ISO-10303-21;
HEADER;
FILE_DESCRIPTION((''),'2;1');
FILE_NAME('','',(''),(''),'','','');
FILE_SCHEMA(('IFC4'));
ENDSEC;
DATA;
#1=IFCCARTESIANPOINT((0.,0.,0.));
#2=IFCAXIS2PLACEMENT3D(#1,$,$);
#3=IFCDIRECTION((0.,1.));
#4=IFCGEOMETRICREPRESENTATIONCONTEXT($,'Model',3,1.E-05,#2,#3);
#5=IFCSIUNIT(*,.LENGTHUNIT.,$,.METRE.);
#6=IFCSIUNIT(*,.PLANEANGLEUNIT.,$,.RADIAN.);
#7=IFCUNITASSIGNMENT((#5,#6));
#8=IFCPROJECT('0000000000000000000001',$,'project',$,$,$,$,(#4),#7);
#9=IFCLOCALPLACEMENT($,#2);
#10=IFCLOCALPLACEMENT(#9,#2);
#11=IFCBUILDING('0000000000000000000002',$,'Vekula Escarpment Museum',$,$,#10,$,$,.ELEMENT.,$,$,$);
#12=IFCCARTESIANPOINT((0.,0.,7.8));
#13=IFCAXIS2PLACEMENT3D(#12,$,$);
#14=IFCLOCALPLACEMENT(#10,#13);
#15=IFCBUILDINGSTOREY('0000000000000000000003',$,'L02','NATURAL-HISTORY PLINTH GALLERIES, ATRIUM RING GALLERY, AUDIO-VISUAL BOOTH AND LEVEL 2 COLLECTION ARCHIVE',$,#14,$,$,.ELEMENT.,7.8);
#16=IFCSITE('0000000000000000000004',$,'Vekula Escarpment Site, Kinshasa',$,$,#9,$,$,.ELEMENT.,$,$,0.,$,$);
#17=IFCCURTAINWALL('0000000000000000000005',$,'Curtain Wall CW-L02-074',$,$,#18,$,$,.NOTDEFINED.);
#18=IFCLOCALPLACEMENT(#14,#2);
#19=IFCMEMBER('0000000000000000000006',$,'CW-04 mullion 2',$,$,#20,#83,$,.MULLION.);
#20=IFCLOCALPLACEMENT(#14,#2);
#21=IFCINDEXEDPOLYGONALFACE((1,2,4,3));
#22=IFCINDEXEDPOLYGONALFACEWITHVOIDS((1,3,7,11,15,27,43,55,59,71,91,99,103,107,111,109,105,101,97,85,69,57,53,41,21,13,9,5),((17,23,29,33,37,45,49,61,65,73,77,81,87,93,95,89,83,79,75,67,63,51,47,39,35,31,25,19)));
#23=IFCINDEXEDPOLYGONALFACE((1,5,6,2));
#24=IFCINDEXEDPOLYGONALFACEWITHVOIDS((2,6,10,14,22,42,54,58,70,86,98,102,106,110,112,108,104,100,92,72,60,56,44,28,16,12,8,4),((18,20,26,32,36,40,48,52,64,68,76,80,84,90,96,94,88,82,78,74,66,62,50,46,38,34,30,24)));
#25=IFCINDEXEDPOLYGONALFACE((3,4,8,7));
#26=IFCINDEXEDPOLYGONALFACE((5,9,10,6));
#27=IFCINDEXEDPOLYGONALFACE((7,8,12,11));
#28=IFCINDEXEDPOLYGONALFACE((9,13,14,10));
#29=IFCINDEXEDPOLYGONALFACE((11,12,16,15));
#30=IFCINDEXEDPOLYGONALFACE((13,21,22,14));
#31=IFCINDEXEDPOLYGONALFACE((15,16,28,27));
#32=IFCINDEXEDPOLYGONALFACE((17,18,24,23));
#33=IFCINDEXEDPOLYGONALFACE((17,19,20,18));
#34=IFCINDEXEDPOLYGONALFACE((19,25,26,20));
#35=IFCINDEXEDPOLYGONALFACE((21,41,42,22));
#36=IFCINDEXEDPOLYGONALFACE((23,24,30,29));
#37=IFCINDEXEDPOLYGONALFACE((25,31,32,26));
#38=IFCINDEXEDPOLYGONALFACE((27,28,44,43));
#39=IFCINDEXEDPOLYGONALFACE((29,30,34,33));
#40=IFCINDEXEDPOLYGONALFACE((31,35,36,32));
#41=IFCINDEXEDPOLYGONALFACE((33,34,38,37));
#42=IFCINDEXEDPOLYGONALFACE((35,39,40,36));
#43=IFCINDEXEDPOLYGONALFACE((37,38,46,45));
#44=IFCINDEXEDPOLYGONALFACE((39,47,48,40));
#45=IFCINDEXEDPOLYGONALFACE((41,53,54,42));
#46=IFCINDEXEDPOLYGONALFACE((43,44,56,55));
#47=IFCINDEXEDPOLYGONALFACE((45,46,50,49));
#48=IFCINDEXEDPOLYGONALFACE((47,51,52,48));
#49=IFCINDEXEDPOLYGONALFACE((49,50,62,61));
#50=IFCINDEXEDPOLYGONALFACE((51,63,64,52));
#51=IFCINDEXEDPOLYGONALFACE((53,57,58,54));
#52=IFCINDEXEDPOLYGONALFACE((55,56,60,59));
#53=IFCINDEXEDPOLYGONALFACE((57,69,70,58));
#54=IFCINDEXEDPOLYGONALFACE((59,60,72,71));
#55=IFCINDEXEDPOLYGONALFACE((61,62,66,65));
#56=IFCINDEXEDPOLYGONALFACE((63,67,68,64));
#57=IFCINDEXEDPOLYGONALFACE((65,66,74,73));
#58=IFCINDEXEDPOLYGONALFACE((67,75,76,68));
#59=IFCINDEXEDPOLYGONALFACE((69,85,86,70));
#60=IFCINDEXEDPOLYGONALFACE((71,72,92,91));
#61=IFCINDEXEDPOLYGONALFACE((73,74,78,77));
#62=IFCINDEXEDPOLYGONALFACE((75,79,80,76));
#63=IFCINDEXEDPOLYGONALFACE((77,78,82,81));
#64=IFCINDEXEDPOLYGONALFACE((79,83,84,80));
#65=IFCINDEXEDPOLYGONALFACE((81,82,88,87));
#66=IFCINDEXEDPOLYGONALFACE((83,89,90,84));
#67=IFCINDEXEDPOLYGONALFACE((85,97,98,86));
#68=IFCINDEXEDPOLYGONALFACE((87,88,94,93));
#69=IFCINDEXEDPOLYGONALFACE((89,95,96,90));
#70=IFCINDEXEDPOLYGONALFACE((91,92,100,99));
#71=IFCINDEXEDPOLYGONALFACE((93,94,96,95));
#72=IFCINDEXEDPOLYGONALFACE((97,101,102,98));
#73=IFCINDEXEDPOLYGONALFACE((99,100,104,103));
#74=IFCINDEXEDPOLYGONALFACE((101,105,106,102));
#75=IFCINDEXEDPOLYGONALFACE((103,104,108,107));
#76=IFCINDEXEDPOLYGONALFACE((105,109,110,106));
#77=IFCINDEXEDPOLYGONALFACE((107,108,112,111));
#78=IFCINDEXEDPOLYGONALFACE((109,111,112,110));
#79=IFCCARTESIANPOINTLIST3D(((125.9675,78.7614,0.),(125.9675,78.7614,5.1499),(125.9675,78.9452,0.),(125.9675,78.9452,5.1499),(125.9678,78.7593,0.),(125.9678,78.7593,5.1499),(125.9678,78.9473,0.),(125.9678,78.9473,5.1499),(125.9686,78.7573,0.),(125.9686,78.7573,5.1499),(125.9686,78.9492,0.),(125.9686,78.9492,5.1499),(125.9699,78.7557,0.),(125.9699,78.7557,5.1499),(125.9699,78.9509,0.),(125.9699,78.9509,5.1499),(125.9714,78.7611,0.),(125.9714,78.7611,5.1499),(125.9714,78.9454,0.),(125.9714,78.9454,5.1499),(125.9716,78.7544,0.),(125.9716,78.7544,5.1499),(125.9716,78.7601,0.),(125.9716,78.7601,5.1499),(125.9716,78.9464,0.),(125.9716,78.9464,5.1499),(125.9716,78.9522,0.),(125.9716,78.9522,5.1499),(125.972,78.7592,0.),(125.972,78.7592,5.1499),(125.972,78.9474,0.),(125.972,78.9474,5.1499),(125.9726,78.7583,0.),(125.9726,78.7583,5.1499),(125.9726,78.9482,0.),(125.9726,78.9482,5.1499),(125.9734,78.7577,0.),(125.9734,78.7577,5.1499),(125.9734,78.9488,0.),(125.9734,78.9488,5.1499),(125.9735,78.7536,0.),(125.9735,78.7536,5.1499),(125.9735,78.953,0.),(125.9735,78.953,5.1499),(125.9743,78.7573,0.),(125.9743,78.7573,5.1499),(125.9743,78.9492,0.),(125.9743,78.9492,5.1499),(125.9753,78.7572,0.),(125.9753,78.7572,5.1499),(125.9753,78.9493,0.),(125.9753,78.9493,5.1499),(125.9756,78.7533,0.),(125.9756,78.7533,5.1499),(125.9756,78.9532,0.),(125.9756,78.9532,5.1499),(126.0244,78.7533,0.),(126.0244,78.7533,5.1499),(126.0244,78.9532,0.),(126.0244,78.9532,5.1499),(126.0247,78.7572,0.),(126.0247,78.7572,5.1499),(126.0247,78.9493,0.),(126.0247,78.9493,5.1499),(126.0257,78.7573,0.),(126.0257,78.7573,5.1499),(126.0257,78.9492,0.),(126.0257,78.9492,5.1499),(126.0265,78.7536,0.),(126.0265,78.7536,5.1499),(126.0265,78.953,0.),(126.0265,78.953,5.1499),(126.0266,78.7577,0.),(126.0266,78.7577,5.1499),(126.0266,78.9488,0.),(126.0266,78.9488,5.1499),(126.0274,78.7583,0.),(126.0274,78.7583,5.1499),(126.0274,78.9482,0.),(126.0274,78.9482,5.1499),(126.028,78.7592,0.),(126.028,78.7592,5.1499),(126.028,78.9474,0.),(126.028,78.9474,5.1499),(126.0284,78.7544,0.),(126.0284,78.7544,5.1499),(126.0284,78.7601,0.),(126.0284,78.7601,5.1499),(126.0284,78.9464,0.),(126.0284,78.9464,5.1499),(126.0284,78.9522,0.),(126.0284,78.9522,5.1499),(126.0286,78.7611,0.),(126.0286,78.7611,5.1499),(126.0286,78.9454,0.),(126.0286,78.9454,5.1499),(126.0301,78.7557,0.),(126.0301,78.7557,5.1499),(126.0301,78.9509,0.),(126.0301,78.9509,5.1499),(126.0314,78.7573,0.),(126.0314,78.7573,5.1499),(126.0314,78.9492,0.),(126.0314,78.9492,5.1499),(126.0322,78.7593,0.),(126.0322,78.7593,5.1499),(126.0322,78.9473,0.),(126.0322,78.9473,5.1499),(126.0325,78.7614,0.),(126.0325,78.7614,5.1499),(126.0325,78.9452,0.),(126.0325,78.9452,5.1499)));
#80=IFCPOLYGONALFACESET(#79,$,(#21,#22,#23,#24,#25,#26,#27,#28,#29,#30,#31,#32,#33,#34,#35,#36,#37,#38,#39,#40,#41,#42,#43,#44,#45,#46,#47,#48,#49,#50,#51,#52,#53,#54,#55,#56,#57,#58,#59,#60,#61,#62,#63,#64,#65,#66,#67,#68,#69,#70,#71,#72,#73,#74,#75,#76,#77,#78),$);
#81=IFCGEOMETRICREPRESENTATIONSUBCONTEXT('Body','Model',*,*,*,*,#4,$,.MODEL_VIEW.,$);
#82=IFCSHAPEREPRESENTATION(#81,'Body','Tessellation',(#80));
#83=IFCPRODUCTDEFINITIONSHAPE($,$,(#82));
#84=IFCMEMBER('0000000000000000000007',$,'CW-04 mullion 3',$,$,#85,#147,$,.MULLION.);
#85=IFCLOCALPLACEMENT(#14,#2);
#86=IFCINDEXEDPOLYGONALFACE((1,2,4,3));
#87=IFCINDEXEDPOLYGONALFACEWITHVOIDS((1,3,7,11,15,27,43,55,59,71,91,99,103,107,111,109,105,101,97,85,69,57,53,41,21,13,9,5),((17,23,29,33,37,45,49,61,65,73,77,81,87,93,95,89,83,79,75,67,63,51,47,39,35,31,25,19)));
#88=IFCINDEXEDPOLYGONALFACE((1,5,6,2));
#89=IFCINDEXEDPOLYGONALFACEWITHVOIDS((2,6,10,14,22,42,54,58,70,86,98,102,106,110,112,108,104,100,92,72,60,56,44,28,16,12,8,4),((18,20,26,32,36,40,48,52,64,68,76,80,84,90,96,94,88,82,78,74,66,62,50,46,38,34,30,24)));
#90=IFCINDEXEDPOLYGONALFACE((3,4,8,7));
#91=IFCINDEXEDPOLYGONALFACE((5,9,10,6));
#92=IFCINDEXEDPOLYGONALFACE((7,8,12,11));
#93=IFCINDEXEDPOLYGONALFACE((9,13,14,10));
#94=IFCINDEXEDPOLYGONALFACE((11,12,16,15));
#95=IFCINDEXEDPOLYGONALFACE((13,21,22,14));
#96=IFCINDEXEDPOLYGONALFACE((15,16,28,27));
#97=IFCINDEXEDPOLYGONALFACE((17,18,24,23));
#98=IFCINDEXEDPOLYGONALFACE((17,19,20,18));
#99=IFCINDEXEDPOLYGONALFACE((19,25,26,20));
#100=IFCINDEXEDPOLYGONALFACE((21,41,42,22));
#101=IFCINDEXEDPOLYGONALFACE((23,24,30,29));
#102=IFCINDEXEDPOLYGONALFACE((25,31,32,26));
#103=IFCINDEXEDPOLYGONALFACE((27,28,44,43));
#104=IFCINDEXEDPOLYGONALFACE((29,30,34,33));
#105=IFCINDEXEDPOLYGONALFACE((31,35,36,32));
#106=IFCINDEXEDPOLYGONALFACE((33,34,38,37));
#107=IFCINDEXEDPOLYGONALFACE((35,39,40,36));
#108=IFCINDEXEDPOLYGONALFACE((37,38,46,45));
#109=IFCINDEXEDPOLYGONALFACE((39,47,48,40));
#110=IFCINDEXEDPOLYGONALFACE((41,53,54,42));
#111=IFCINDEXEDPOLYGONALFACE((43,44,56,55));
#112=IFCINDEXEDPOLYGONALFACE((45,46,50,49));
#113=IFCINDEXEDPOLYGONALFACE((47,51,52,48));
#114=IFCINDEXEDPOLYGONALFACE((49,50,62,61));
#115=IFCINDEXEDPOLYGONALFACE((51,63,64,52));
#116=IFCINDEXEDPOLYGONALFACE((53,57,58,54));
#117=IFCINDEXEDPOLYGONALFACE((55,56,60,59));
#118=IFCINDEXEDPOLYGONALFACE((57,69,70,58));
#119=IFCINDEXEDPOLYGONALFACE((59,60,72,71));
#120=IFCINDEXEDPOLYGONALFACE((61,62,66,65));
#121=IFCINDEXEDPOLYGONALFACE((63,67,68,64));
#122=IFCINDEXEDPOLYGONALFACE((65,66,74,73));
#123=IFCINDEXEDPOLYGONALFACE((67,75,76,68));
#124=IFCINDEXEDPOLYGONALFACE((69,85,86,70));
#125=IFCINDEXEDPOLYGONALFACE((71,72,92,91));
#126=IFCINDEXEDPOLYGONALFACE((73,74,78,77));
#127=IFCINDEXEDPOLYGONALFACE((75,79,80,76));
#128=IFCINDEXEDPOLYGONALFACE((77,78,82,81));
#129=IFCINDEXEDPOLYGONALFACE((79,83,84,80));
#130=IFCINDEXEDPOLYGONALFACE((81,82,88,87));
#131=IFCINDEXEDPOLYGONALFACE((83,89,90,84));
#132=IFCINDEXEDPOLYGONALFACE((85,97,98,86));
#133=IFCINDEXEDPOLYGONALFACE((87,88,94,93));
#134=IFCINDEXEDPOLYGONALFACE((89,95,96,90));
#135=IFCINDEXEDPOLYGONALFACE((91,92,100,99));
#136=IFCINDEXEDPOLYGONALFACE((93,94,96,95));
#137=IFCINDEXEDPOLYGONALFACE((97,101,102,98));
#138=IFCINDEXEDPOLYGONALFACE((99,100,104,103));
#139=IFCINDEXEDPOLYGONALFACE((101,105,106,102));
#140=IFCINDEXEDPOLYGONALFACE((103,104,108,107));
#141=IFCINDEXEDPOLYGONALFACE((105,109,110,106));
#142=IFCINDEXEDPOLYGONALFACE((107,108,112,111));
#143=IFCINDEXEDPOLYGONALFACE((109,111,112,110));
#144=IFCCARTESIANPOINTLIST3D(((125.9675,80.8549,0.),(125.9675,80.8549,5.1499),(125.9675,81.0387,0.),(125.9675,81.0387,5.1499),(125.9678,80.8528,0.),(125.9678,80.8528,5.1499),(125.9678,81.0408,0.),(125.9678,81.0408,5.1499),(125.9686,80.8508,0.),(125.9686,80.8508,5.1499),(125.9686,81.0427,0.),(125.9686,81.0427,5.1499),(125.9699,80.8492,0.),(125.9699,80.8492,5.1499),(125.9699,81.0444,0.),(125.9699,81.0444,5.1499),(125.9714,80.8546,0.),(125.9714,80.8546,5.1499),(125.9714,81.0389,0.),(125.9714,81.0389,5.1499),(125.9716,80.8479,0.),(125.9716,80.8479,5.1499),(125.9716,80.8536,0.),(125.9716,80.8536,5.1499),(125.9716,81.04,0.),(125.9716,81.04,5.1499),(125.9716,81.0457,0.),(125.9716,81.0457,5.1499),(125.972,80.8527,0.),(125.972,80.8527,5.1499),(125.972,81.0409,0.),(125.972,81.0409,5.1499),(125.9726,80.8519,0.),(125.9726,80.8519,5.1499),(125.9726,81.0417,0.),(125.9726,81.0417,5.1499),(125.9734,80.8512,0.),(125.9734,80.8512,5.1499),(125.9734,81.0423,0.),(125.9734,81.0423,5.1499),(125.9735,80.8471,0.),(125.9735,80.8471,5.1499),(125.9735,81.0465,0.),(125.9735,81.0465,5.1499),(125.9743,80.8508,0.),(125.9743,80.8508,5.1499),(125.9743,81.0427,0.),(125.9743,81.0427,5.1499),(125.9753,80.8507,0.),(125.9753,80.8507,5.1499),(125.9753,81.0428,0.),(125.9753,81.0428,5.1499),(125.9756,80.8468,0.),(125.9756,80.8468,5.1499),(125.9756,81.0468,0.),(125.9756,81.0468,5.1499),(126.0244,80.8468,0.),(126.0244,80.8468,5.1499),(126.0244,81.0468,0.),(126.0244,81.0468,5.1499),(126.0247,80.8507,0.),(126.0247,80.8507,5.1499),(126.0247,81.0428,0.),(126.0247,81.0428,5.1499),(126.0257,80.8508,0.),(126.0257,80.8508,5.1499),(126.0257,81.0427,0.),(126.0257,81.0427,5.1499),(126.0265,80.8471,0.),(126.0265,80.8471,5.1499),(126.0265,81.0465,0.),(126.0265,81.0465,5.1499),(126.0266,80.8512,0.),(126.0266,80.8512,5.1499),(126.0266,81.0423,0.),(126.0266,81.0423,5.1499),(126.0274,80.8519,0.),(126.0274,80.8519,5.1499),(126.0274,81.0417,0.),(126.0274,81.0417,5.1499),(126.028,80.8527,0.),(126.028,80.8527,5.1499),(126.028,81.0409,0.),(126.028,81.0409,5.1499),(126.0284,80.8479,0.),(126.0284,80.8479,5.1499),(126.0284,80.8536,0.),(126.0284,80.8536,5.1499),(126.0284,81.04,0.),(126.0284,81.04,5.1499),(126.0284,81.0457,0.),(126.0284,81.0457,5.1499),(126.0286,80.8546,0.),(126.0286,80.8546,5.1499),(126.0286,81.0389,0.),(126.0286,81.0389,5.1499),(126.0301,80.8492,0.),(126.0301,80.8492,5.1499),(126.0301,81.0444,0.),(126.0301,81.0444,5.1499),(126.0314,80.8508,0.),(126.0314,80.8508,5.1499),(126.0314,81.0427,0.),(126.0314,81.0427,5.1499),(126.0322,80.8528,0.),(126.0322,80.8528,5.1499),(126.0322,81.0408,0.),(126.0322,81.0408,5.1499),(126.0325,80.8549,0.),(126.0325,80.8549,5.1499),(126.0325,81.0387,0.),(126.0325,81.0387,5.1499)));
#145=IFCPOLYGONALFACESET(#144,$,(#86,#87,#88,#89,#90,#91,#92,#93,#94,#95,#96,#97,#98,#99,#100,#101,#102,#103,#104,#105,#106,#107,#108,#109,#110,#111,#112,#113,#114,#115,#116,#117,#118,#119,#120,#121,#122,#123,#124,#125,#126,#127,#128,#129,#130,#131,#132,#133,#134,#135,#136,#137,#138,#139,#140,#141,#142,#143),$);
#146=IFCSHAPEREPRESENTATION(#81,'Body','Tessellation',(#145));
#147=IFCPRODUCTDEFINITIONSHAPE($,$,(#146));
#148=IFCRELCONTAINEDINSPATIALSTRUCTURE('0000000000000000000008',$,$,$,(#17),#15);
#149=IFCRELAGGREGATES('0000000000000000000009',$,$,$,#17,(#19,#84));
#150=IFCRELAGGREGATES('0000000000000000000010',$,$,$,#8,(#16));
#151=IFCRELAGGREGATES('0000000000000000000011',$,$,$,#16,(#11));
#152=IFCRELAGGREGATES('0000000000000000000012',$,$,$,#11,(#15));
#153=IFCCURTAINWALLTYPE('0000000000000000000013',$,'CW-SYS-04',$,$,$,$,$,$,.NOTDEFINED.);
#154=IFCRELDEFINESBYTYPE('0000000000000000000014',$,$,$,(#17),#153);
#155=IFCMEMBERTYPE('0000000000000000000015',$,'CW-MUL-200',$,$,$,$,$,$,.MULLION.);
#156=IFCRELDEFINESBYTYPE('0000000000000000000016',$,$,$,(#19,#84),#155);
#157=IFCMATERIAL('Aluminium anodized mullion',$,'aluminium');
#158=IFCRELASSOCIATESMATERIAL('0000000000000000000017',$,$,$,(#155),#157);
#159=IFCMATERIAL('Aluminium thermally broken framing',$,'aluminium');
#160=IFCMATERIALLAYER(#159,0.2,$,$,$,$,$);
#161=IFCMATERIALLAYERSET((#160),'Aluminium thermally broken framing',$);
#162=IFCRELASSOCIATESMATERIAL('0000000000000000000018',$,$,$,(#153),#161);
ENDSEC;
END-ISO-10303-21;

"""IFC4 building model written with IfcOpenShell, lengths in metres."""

from ifc_helpers import new_model, si_unit, direction, frame, origin, origin_2d, place, context, subcontext, project, spatial, hollow_rectangle, extrude, material, layer, layer_set, material_profile, profile_set, type_object, element, aggregate, save


model = new_model("IFC4")

# Units and contexts
model_context = context("Model", 3, precision=1e-05, world=origin(), true_north=direction((0.0, 1.0)))
body_context = subcontext(model_context, "Body", "Model", "MODEL_VIEW")
ifc_project = project(units=[si_unit("LENGTHUNIT", "METRE"), si_unit("PLANEANGLEUNIT", "RADIAN")], contexts=[model_context])

# Site, building, storey
site_placement = place(None, origin())
site = spatial("IfcSite", under=ifc_project, at=site_placement, Name="Vekula Escarpment Site, Kinshasa", CompositionType="ELEMENT", RefElevation=0.0)
building_placement = place(site_placement, origin())
building = spatial("IfcBuilding", under=site, at=building_placement, Name="Vekula Escarpment Museum", CompositionType="ELEMENT")
storey_placement = place(building_placement, frame((0.0, 0.0, 7.8)))
storey = spatial("IfcBuildingStorey", under=building, at=storey_placement, Name="L02", Description="NATURAL-HISTORY PLINTH GALLERIES, ATRIUM RING GALLERY, AUDIO-VISUAL BOOTH AND LEVEL 2 COLLECTION ARCHIVE", CompositionType="ELEMENT", Elevation=7.8)

# Shared definitions
ifc_material_1 = material(Name="Aluminium anodized mullion", Category="aluminium")
ifc_material_profile_1 = material_profile(ifc_material_1, hollow_rectangle(XDim=0.0649, YDim=0.2, WallThickness=0.0039, InnerFilletRadius=0.0039, OuterFilletRadius=0.0081, at=origin_2d()), Name="ALU 200x65x4")
ifc_profile_set_1 = profile_set([ifc_material_profile_1], Name="Aluminium anodized mullion")
member_type_1 = type_object("IfcMemberType", Name="CW-MUL-200", PredefinedType="MULLION", material=ifc_profile_set_1)

# Curtain wall, members
ifc_material_2 = material(Name="Aluminium thermally broken framing", Category="aluminium")
ifc_layer_1 = layer(ifc_material_2, 0.2)
ifc_layer_set_1 = layer_set([ifc_layer_1], Name="Aluminium thermally broken framing")
curtain_wall_type_1 = type_object("IfcCurtainWallType", Name="CW-SYS-04", PredefinedType="NOTDEFINED", material=ifc_layer_set_1)
curtain_wall_1_placement = place(storey_placement, origin())
curtain_wall_1 = element("IfcCurtainWall", 1, at=curtain_wall_1_placement, inside=storey, type_object=curtain_wall_type_1, Name="Curtain Wall CW-L02-074", PredefinedType="NOTDEFINED")
member_1_placement = place(storey_placement, frame((126.0, 78.8533, 0.0), z_axis=(0.0, 0.0, 1.0), x_axis=(-1.0, 0.0, 0.0)))
member_1 = element("IfcMember", 2, at=member_1_placement, type_object=member_type_1, Name="CW-04 mullion 2", PredefinedType="MULLION", context=body_context, shape_type="SweptSolid", body=[
    extrude(hollow_rectangle(XDim=0.0649, YDim=0.2, WallThickness=0.0039, InnerFilletRadius=0.0039, OuterFilletRadius=0.0081, at=origin_2d()), origin(), (0.0, 0.0, 1.0), 5.1499),
])
member_2_placement = place(storey_placement, frame((126.0, 80.9468, 0.0), z_axis=(0.0, 0.0, 1.0), x_axis=(-1.0, 0.0, 0.0)))
member_2 = element("IfcMember", 3, at=member_2_placement, type_object=member_type_1, Name="CW-04 mullion 3", PredefinedType="MULLION", context=body_context, shape_type="SweptSolid", body=[
    extrude(hollow_rectangle(XDim=0.0649, YDim=0.2, WallThickness=0.0039, InnerFilletRadius=0.0039, OuterFilletRadius=0.0081, at=origin_2d()), origin(), (0.0, 0.0, 1.0), 5.1499),
])

aggregate(curtain_wall_1, [member_1, member_2])

save(model, "model.ifc")
